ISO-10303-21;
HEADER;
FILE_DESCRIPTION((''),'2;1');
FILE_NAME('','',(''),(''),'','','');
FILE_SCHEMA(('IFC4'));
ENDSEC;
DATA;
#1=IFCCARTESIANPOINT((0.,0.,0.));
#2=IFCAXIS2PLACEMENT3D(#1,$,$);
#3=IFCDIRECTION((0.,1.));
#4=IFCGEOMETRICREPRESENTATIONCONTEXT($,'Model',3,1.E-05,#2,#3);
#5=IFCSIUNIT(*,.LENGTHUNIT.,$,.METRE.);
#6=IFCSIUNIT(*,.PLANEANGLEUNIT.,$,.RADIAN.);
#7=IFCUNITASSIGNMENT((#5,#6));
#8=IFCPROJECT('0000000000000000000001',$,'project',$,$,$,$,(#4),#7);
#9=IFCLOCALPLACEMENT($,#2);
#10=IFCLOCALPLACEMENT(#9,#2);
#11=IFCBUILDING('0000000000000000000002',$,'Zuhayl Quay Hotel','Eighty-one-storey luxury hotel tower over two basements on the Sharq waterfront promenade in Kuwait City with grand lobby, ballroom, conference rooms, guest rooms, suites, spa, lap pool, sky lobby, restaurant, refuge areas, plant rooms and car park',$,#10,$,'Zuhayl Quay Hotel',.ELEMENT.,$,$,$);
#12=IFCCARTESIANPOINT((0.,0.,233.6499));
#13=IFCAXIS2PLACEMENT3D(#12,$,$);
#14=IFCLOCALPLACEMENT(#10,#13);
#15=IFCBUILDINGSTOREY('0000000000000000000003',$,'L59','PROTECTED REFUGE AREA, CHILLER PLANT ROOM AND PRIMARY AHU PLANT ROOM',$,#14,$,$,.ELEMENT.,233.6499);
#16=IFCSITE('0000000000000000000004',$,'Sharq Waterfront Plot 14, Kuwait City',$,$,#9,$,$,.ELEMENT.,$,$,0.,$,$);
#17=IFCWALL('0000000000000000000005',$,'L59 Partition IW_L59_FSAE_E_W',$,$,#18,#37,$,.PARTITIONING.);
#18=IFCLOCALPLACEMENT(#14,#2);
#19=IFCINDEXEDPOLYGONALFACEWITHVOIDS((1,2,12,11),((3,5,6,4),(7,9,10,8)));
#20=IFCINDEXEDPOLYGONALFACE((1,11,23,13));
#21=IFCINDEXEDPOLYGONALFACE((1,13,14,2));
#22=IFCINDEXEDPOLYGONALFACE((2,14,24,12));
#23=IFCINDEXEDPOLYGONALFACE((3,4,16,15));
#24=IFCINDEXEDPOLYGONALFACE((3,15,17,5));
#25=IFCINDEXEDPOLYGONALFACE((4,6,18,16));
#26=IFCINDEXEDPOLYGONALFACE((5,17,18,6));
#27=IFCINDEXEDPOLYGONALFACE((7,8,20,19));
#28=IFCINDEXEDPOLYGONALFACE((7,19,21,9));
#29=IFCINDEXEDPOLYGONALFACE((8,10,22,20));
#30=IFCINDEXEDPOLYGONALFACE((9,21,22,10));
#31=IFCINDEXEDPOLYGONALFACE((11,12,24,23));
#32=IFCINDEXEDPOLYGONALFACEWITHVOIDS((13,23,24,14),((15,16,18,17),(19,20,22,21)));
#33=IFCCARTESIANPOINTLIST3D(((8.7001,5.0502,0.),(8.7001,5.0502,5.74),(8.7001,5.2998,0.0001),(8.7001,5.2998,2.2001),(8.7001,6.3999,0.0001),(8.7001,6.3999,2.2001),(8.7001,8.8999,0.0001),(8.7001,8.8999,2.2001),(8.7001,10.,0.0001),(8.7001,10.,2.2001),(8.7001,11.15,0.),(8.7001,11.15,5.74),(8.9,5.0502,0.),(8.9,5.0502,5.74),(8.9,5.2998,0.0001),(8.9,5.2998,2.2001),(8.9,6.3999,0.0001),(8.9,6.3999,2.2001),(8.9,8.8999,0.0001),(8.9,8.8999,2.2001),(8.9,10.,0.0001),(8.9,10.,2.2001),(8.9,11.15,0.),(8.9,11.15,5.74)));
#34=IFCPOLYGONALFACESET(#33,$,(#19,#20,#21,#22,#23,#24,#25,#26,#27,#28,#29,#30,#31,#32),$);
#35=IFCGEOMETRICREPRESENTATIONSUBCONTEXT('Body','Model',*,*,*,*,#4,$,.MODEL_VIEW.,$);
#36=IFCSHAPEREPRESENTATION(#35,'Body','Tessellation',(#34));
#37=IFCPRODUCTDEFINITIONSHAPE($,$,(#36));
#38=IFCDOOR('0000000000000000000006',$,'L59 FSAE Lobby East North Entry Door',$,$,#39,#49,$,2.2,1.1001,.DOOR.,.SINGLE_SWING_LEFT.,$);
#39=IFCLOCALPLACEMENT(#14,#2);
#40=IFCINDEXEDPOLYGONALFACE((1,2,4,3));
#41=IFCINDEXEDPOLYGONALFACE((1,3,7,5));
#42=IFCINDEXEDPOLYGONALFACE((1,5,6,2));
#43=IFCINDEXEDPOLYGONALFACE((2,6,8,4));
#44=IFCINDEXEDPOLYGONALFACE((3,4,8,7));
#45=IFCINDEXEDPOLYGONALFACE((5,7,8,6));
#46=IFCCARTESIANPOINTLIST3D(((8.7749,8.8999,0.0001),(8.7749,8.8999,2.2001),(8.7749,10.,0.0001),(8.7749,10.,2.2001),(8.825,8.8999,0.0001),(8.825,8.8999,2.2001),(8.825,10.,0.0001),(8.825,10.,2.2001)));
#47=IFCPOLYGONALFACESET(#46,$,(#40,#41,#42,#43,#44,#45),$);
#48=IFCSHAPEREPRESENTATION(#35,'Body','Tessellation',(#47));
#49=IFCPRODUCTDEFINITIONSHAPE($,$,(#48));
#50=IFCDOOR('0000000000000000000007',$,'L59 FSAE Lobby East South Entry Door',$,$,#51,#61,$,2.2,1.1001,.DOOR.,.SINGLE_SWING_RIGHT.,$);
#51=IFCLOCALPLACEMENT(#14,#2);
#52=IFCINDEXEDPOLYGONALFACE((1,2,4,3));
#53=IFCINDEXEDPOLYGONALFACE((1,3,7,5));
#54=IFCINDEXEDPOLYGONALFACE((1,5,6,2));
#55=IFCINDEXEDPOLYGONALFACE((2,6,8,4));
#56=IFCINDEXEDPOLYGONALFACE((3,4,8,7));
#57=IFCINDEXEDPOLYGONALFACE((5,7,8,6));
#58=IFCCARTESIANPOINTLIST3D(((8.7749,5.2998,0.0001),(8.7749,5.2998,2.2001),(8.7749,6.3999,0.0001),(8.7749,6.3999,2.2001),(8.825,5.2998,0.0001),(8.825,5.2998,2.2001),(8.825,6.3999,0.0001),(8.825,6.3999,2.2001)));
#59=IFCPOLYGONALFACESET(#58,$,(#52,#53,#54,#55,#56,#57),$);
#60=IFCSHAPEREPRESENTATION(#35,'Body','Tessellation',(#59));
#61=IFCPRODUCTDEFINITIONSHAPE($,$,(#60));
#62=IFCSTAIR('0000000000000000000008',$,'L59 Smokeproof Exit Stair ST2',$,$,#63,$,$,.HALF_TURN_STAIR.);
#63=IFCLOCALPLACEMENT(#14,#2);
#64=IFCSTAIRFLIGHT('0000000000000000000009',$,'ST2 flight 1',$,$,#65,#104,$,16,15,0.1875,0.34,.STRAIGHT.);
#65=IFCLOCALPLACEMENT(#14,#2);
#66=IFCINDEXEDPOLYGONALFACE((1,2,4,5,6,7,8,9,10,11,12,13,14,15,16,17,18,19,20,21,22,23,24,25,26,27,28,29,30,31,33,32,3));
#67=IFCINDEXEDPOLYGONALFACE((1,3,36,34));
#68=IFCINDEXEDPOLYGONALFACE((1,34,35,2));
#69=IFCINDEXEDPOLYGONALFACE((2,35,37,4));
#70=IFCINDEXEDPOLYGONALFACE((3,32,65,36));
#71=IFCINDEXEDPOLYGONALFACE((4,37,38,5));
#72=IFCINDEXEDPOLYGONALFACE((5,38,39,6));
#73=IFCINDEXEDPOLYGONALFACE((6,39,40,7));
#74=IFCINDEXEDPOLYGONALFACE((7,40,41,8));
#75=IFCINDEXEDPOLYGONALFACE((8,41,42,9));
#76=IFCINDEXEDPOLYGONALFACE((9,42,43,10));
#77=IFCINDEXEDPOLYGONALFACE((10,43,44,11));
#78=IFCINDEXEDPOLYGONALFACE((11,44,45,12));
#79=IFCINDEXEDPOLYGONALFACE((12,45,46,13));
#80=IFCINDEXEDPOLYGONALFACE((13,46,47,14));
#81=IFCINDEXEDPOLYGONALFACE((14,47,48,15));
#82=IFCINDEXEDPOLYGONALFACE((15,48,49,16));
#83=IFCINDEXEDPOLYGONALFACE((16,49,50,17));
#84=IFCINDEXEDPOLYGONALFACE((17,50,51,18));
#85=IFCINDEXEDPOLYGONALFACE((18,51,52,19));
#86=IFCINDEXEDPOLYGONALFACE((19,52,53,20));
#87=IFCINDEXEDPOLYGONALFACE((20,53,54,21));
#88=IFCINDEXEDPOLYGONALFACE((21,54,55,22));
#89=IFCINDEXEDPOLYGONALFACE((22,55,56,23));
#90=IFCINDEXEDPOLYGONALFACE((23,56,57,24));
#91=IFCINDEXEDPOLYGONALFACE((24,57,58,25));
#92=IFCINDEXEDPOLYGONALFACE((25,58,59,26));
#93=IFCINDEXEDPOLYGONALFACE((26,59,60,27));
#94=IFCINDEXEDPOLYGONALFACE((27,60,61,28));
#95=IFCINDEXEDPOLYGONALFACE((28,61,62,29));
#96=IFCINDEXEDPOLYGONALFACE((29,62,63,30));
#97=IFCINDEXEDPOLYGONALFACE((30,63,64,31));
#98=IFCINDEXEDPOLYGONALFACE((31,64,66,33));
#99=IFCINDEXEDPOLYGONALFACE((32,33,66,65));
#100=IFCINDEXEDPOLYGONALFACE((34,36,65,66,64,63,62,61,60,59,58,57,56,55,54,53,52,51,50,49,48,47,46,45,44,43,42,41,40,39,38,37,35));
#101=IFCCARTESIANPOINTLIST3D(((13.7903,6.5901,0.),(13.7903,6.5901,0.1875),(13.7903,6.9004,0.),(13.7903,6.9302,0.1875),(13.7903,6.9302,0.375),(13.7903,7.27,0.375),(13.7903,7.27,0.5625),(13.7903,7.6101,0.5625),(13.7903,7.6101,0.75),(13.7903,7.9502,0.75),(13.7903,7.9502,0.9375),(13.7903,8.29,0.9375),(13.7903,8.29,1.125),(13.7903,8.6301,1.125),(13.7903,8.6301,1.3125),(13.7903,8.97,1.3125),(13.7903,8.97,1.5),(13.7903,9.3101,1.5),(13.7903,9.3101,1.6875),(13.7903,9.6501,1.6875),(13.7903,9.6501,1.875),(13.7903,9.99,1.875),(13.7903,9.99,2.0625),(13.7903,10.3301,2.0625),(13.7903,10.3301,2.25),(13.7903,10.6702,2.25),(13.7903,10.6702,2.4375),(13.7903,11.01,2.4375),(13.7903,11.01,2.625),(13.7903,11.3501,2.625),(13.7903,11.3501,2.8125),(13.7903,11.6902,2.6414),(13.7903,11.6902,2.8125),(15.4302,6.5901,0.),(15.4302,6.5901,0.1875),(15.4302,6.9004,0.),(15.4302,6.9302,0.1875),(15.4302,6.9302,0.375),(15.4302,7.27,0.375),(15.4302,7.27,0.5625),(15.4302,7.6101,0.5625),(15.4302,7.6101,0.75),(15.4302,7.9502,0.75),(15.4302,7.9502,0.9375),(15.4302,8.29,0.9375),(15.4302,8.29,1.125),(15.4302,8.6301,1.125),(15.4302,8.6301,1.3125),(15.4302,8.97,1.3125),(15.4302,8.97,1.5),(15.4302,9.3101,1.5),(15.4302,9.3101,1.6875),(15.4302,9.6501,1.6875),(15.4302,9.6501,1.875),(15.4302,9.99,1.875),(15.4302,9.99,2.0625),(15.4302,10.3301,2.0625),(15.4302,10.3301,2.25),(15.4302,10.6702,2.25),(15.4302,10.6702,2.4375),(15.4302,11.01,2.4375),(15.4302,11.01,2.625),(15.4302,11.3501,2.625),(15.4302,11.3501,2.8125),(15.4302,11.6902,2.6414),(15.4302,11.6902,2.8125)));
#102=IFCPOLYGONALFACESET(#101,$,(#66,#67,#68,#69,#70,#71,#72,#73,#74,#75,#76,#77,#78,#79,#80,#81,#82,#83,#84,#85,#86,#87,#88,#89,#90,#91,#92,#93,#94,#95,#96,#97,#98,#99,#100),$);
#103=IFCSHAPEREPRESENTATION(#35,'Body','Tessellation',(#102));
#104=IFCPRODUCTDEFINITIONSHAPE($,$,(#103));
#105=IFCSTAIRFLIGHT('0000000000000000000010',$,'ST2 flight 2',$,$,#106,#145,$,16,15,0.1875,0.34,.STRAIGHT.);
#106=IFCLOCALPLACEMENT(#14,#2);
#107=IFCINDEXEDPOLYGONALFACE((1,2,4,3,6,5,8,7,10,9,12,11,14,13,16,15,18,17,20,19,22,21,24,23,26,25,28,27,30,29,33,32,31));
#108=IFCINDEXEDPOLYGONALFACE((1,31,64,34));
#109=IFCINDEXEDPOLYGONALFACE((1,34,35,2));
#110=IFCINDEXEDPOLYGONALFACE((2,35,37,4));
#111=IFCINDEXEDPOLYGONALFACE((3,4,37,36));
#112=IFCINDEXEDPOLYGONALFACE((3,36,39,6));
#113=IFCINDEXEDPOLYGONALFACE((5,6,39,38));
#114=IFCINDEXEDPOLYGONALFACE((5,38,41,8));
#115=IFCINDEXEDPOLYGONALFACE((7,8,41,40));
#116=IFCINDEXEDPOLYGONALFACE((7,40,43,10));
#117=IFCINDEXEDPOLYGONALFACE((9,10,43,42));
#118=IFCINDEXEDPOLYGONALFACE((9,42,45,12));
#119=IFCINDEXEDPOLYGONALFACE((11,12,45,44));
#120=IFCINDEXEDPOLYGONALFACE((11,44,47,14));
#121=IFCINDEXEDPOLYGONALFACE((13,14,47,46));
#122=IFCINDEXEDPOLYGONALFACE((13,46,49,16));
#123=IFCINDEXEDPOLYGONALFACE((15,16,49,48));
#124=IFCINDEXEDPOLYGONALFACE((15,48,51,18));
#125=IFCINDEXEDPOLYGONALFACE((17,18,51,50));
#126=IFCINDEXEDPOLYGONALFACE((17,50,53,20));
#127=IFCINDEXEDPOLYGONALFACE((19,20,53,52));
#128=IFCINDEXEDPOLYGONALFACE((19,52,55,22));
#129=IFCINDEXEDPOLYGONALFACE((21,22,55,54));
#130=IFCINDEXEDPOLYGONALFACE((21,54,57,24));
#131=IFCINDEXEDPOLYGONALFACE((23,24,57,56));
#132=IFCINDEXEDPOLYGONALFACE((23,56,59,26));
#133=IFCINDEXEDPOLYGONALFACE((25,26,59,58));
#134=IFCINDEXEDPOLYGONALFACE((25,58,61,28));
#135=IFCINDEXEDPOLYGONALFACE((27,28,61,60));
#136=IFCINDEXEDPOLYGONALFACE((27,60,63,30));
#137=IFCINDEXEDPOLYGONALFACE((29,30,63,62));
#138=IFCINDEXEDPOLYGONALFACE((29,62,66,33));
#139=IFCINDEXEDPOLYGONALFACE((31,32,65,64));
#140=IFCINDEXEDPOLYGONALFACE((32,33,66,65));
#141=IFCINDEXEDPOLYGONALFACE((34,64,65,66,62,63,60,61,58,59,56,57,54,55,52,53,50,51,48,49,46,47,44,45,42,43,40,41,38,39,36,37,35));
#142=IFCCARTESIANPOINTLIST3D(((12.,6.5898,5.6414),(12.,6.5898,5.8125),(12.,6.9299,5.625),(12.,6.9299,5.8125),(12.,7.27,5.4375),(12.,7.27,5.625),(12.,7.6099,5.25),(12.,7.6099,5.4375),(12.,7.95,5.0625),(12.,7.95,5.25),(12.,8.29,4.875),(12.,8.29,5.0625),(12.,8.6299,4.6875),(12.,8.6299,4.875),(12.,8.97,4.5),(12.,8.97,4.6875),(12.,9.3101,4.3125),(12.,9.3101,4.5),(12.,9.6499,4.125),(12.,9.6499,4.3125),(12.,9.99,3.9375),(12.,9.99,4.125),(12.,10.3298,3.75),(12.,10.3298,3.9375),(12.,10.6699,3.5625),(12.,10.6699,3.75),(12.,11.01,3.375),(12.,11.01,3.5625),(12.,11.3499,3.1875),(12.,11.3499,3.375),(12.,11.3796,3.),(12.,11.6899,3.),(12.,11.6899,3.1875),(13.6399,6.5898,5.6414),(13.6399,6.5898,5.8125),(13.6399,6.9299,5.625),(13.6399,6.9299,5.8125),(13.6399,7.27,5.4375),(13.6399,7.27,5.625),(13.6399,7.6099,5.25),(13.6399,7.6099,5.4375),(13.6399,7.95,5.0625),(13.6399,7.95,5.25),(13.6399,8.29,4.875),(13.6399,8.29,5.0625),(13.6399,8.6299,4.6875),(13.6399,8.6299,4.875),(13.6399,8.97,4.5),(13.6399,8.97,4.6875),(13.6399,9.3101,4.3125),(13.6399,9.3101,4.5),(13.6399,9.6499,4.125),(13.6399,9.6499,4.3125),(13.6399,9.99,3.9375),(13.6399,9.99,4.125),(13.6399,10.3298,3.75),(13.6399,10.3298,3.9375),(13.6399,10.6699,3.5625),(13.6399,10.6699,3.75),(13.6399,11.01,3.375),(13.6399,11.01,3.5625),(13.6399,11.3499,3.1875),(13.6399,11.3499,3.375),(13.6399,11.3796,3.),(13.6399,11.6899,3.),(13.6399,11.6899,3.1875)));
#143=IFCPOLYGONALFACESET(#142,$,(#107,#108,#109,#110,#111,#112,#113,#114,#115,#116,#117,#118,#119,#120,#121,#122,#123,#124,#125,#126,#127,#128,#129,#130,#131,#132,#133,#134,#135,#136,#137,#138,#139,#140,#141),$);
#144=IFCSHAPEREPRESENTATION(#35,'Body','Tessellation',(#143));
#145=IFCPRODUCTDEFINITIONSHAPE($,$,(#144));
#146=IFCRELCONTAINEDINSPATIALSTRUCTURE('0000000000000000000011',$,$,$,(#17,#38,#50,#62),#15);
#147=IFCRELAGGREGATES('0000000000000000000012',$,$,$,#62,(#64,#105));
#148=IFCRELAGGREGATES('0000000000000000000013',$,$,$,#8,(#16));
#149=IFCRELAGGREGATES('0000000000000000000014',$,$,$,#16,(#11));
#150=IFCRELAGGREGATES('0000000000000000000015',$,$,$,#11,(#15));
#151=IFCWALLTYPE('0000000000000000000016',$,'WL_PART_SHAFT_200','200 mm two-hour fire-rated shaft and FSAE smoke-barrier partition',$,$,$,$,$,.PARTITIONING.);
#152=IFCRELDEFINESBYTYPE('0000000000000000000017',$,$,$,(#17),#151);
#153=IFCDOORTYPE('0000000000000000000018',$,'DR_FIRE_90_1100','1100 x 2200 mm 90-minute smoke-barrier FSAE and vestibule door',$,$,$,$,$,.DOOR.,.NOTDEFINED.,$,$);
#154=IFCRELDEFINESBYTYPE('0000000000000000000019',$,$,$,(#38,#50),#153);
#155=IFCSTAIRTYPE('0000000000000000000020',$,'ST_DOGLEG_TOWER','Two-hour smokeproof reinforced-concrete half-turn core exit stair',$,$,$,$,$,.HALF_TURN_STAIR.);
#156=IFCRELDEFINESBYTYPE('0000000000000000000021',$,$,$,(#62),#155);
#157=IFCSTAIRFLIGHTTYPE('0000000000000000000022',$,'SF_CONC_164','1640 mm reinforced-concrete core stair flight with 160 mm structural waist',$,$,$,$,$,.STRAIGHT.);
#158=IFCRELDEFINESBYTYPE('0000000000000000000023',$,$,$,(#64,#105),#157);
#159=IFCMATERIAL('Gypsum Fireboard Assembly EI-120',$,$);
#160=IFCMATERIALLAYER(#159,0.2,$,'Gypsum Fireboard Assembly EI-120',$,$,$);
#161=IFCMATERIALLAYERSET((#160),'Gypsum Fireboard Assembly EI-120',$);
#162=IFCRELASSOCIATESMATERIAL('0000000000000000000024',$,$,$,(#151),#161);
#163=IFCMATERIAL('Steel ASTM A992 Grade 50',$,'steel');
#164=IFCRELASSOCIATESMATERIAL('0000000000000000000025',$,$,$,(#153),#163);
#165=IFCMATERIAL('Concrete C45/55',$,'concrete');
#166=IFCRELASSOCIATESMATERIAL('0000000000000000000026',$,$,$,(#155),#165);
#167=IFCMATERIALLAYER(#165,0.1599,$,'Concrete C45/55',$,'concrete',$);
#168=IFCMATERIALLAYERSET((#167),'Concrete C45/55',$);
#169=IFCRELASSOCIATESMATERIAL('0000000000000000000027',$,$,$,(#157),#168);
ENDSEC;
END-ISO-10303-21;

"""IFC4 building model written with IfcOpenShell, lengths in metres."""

from ifc_helpers import new_model, si_unit, direction, frame, frame_2d, origin, place, context, subcontext, project, spatial, polyline, rectangle, outline, extrude, material, layer, layer_set, type_object, element, fill, aggregate, save


model = new_model("IFC4")

# Units and contexts
model_context = context("Model", 3, precision=1e-05, world=origin(), true_north=direction((0.0, 1.0)))
body_context = subcontext(model_context, "Body", "Model", "MODEL_VIEW")
ifc_project = project(units=[si_unit("LENGTHUNIT", "METRE"), si_unit("PLANEANGLEUNIT", "RADIAN")], contexts=[model_context])

# Site, building, storey
site_placement = place(None, origin())
site = spatial("IfcSite", under=ifc_project, at=site_placement, Name="Sharq Waterfront Plot 14, Kuwait City", CompositionType="ELEMENT", RefElevation=0.0)
building_placement = place(site_placement, origin())
building = spatial("IfcBuilding", under=site, at=building_placement, Name="Zuhayl Quay Hotel", Description="Eighty-one-storey luxury hotel tower over two basements on the Sharq waterfront promenade in Kuwait City with grand lobby, ballroom, conference rooms, guest rooms, suites, spa, lap pool, sky lobby, restaurant, refuge areas, plant rooms and car park", LongName="Zuhayl Quay Hotel", CompositionType="ELEMENT")
storey_placement = place(building_placement, frame((0.0, 0.0, 233.6499)))
storey = spatial("IfcBuildingStorey", under=building, at=storey_placement, Name="L59", Description="PROTECTED REFUGE AREA, CHILLER PLANT ROOM AND PRIMARY AHU PLANT ROOM", CompositionType="ELEMENT", Elevation=233.6499)

# Wall, openings, doors
ifc_material_1 = material(Name="Gypsum Fireboard Assembly EI-120")
ifc_layer_1 = layer(ifc_material_1, 0.2, Name="Gypsum Fireboard Assembly EI-120")
ifc_layer_set_1 = layer_set([ifc_layer_1], Name="Gypsum Fireboard Assembly EI-120")
wall_type_1 = type_object("IfcWallType", Name="WL_PART_SHAFT_200", Description="200 mm two-hour fire-rated shaft and FSAE smoke-barrier partition", PredefinedType="PARTITIONING", material=ifc_layer_set_1)
wall_1_placement = place(storey_placement, frame((8.8, 11.1499, 0.0), z_axis=(0.0, 0.0, 1.0), x_axis=(0.0, -1.0, 0.0)))
wall_1 = element("IfcWall", 1, at=wall_1_placement, inside=storey, type_object=wall_type_1, Name="L59 Partition IW_L59_FSAE_E_W", PredefinedType="PARTITIONING", context=body_context, shape_type="SweptSolid", body=[
    extrude(rectangle(XDim=6.0999, YDim=0.2, at=frame_2d((3.0498, 0.0))), origin(), (0.0, 0.0, 1.0), 5.74),
])
opening_1_placement = place(wall_1_placement, frame((1.1499, 0.0, 0.0)))
opening_1 = element("IfcOpeningElement", 2, at=opening_1_placement, cuts=wall_1, PredefinedType="OPENING", context=body_context, shape_type="SweptSolid", body=[
    extrude(rectangle(XDim=1.1001, YDim=2.2, at=frame_2d((0.55, 1.1001))), frame((0.0, 0.1099, 0.0), z_axis=(0.0, -1.0, 0.0), x_axis=(1.0, 0.0, 0.0)), (0.0, 0.0, 1.0), 0.22),
])
opening_2_placement = place(wall_1_placement, frame((4.75, 0.0, 0.0)))
opening_2 = element("IfcOpeningElement", 3, at=opening_2_placement, cuts=wall_1, PredefinedType="OPENING", context=body_context, shape_type="SweptSolid", body=[
    extrude(rectangle(XDim=1.1001, YDim=2.2, at=frame_2d((0.55, 1.1001))), frame((0.0, 0.1099, 0.0), z_axis=(0.0, -1.0, 0.0), x_axis=(1.0, 0.0, 0.0)), (0.0, 0.0, 1.0), 0.22),
])
ifc_material_2 = material(Name="Steel ASTM A992 Grade 50", Category="steel")
door_type_1 = type_object("IfcDoorType", Name="DR_FIRE_90_1100", Description="1100 x 2200 mm 90-minute smoke-barrier FSAE and vestibule door", OperationType="NOTDEFINED", PredefinedType="DOOR", material=ifc_material_2)
door_1_placement = place(opening_1_placement, origin())
door_1 = element("IfcDoor", 4, at=door_1_placement, inside=storey, type_object=door_type_1, Name="L59 FSAE Lobby East North Entry Door", OperationType="SINGLE_SWING_LEFT", OverallHeight=2.2, OverallWidth=1.1001, PredefinedType="DOOR", context=body_context, shape_type="SweptSolid", body=[
    extrude(rectangle(XDim=1.1001, YDim=2.2, at=frame_2d((0.55, 1.1001))), frame((0.0, 0.0249, 0.0), z_axis=(0.0, -1.0, 0.0), x_axis=(1.0, 0.0, 0.0)), (0.0, 0.0, 1.0), 0.05),
])
fill(opening_1, door_1)
door_2_placement = place(opening_2_placement, origin())
door_2 = element("IfcDoor", 5, at=door_2_placement, inside=storey, type_object=door_type_1, Name="L59 FSAE Lobby East South Entry Door", OperationType="SINGLE_SWING_RIGHT", OverallHeight=2.2, OverallWidth=1.1001, PredefinedType="DOOR", context=body_context, shape_type="SweptSolid", body=[
    extrude(rectangle(XDim=1.1001, YDim=2.2, at=frame_2d((0.55, 1.1001))), frame((0.0, 0.0249, 0.0), z_axis=(0.0, -1.0, 0.0), x_axis=(1.0, 0.0, 0.0)), (0.0, 0.0, 1.0), 0.05),
])
fill(opening_2, door_2)

# Stair, stair flights
ifc_material_3 = material(Name="Concrete C45/55", Category="concrete")
stair_type = type_object("IfcStairType", Name="ST_DOGLEG_TOWER", Description="Two-hour smokeproof reinforced-concrete half-turn core exit stair", PredefinedType="HALF_TURN_STAIR", material=ifc_material_3)
stair_placement = place(storey_placement, origin())
stair = element("IfcStair", 6, at=stair_placement, inside=storey, type_object=stair_type, Name="L59 Smokeproof Exit Stair ST2", PredefinedType="HALF_TURN_STAIR")
ifc_layer_2 = layer(ifc_material_3, 0.1599, Name="Concrete C45/55", Category="concrete")
ifc_layer_set_2 = layer_set([ifc_layer_2], Name="Concrete C45/55")
stair_flight_type = type_object("IfcStairFlightType", Name="SF_CONC_164", Description="1640 mm reinforced-concrete core stair flight with 160 mm structural waist", PredefinedType="STRAIGHT", material=ifc_layer_set_2)
stair_flight_1_placement = place(storey_placement, frame((14.6101, 6.5901, 0.0), z_axis=(0.0, 0.0, 1.0), x_axis=(0.0, 1.0, 0.0)))
stair_flight_1 = element("IfcStairFlight", 7, at=stair_flight_1_placement, type_object=stair_flight_type, Name="ST2 flight 1", NumberOfRisers=16, NumberOfTreads=15, PredefinedType="STRAIGHT", RiserHeight=0.1875, TreadLength=0.34, context=body_context, shape_type="SweptSolid", body=[
    extrude(outline(polyline([(0.0, 0.0), (0.0, 0.1875), (0.3401, 0.1875), (0.3401, 0.375), (0.6799, 0.375), (0.6799, 0.5625), (1.02, 0.5625), (1.02, 0.75), (1.3601, 0.75), (1.3601, 0.9375), (1.7, 0.9375), (1.7, 1.125), (2.04, 1.125), (2.04, 1.3125), (2.3799, 1.3125), (2.3799, 1.5), (2.72, 1.5), (2.72, 1.6875), (3.0601, 1.6875), (3.0601, 1.875), (3.3999, 1.875), (3.3999, 2.0625), (3.74, 2.0625), (3.74, 2.25), (4.0801, 2.25), (4.0801, 2.4375), (4.4199, 2.4375), (4.4199, 2.625), (4.76, 2.625), (4.76, 2.8125), (5.1001, 2.8125), (5.1001, 3.0), (5.1001, 2.6414), (0.3103, 0.0), (0.0, 0.0)])), frame((0.0, 0.8198, 0.0), z_axis=(0.0, -1.0, 0.0), x_axis=(1.0, 0.0, 0.0)), (0.0, 0.0, 1.0), 1.6399),
])
stair_flight_2_placement = place(storey_placement, frame((12.8201, 11.6899, 3.0), z_axis=(0.0, 0.0, 1.0), x_axis=(0.0, -1.0, 0.0)))
stair_flight_2 = element("IfcStairFlight", 8, at=stair_flight_2_placement, type_object=stair_flight_type, Name="ST2 flight 2", NumberOfRisers=16, NumberOfTreads=15, PredefinedType="STRAIGHT", RiserHeight=0.1875, TreadLength=0.34, context=body_context, shape_type="SweptSolid", body=[
    extrude(outline(polyline([(0.0, 0.0), (0.0, 0.1875), (0.3401, 0.1875), (0.3401, 0.375), (0.6799, 0.375), (0.6799, 0.5625), (1.02, 0.5625), (1.02, 0.75), (1.3601, 0.75), (1.3601, 0.9375), (1.7, 0.9375), (1.7, 1.125), (2.04, 1.125), (2.04, 1.3125), (2.3799, 1.3125), (2.3799, 1.5), (2.72, 1.5), (2.72, 1.6875), (3.0601, 1.6875), (3.0601, 1.875), (3.3999, 1.875), (3.3999, 2.0625), (3.74, 2.0625), (3.74, 2.25), (4.0801, 2.25), (4.0801, 2.4375), (4.4199, 2.4375), (4.4199, 2.625), (4.76, 2.625), (4.76, 2.8125), (5.1001, 2.8125), (5.1001, 3.0), (5.1001, 2.6414), (0.3103, 0.0), (0.0, 0.0)])), frame((0.0, 0.8198, 0.0), z_axis=(0.0, -1.0, 0.0), x_axis=(1.0, 0.0, 0.0)), (0.0, 0.0, 1.0), 1.6399),
])
aggregate(stair, [stair_flight_1, stair_flight_2])

save(model, "model.ifc")
